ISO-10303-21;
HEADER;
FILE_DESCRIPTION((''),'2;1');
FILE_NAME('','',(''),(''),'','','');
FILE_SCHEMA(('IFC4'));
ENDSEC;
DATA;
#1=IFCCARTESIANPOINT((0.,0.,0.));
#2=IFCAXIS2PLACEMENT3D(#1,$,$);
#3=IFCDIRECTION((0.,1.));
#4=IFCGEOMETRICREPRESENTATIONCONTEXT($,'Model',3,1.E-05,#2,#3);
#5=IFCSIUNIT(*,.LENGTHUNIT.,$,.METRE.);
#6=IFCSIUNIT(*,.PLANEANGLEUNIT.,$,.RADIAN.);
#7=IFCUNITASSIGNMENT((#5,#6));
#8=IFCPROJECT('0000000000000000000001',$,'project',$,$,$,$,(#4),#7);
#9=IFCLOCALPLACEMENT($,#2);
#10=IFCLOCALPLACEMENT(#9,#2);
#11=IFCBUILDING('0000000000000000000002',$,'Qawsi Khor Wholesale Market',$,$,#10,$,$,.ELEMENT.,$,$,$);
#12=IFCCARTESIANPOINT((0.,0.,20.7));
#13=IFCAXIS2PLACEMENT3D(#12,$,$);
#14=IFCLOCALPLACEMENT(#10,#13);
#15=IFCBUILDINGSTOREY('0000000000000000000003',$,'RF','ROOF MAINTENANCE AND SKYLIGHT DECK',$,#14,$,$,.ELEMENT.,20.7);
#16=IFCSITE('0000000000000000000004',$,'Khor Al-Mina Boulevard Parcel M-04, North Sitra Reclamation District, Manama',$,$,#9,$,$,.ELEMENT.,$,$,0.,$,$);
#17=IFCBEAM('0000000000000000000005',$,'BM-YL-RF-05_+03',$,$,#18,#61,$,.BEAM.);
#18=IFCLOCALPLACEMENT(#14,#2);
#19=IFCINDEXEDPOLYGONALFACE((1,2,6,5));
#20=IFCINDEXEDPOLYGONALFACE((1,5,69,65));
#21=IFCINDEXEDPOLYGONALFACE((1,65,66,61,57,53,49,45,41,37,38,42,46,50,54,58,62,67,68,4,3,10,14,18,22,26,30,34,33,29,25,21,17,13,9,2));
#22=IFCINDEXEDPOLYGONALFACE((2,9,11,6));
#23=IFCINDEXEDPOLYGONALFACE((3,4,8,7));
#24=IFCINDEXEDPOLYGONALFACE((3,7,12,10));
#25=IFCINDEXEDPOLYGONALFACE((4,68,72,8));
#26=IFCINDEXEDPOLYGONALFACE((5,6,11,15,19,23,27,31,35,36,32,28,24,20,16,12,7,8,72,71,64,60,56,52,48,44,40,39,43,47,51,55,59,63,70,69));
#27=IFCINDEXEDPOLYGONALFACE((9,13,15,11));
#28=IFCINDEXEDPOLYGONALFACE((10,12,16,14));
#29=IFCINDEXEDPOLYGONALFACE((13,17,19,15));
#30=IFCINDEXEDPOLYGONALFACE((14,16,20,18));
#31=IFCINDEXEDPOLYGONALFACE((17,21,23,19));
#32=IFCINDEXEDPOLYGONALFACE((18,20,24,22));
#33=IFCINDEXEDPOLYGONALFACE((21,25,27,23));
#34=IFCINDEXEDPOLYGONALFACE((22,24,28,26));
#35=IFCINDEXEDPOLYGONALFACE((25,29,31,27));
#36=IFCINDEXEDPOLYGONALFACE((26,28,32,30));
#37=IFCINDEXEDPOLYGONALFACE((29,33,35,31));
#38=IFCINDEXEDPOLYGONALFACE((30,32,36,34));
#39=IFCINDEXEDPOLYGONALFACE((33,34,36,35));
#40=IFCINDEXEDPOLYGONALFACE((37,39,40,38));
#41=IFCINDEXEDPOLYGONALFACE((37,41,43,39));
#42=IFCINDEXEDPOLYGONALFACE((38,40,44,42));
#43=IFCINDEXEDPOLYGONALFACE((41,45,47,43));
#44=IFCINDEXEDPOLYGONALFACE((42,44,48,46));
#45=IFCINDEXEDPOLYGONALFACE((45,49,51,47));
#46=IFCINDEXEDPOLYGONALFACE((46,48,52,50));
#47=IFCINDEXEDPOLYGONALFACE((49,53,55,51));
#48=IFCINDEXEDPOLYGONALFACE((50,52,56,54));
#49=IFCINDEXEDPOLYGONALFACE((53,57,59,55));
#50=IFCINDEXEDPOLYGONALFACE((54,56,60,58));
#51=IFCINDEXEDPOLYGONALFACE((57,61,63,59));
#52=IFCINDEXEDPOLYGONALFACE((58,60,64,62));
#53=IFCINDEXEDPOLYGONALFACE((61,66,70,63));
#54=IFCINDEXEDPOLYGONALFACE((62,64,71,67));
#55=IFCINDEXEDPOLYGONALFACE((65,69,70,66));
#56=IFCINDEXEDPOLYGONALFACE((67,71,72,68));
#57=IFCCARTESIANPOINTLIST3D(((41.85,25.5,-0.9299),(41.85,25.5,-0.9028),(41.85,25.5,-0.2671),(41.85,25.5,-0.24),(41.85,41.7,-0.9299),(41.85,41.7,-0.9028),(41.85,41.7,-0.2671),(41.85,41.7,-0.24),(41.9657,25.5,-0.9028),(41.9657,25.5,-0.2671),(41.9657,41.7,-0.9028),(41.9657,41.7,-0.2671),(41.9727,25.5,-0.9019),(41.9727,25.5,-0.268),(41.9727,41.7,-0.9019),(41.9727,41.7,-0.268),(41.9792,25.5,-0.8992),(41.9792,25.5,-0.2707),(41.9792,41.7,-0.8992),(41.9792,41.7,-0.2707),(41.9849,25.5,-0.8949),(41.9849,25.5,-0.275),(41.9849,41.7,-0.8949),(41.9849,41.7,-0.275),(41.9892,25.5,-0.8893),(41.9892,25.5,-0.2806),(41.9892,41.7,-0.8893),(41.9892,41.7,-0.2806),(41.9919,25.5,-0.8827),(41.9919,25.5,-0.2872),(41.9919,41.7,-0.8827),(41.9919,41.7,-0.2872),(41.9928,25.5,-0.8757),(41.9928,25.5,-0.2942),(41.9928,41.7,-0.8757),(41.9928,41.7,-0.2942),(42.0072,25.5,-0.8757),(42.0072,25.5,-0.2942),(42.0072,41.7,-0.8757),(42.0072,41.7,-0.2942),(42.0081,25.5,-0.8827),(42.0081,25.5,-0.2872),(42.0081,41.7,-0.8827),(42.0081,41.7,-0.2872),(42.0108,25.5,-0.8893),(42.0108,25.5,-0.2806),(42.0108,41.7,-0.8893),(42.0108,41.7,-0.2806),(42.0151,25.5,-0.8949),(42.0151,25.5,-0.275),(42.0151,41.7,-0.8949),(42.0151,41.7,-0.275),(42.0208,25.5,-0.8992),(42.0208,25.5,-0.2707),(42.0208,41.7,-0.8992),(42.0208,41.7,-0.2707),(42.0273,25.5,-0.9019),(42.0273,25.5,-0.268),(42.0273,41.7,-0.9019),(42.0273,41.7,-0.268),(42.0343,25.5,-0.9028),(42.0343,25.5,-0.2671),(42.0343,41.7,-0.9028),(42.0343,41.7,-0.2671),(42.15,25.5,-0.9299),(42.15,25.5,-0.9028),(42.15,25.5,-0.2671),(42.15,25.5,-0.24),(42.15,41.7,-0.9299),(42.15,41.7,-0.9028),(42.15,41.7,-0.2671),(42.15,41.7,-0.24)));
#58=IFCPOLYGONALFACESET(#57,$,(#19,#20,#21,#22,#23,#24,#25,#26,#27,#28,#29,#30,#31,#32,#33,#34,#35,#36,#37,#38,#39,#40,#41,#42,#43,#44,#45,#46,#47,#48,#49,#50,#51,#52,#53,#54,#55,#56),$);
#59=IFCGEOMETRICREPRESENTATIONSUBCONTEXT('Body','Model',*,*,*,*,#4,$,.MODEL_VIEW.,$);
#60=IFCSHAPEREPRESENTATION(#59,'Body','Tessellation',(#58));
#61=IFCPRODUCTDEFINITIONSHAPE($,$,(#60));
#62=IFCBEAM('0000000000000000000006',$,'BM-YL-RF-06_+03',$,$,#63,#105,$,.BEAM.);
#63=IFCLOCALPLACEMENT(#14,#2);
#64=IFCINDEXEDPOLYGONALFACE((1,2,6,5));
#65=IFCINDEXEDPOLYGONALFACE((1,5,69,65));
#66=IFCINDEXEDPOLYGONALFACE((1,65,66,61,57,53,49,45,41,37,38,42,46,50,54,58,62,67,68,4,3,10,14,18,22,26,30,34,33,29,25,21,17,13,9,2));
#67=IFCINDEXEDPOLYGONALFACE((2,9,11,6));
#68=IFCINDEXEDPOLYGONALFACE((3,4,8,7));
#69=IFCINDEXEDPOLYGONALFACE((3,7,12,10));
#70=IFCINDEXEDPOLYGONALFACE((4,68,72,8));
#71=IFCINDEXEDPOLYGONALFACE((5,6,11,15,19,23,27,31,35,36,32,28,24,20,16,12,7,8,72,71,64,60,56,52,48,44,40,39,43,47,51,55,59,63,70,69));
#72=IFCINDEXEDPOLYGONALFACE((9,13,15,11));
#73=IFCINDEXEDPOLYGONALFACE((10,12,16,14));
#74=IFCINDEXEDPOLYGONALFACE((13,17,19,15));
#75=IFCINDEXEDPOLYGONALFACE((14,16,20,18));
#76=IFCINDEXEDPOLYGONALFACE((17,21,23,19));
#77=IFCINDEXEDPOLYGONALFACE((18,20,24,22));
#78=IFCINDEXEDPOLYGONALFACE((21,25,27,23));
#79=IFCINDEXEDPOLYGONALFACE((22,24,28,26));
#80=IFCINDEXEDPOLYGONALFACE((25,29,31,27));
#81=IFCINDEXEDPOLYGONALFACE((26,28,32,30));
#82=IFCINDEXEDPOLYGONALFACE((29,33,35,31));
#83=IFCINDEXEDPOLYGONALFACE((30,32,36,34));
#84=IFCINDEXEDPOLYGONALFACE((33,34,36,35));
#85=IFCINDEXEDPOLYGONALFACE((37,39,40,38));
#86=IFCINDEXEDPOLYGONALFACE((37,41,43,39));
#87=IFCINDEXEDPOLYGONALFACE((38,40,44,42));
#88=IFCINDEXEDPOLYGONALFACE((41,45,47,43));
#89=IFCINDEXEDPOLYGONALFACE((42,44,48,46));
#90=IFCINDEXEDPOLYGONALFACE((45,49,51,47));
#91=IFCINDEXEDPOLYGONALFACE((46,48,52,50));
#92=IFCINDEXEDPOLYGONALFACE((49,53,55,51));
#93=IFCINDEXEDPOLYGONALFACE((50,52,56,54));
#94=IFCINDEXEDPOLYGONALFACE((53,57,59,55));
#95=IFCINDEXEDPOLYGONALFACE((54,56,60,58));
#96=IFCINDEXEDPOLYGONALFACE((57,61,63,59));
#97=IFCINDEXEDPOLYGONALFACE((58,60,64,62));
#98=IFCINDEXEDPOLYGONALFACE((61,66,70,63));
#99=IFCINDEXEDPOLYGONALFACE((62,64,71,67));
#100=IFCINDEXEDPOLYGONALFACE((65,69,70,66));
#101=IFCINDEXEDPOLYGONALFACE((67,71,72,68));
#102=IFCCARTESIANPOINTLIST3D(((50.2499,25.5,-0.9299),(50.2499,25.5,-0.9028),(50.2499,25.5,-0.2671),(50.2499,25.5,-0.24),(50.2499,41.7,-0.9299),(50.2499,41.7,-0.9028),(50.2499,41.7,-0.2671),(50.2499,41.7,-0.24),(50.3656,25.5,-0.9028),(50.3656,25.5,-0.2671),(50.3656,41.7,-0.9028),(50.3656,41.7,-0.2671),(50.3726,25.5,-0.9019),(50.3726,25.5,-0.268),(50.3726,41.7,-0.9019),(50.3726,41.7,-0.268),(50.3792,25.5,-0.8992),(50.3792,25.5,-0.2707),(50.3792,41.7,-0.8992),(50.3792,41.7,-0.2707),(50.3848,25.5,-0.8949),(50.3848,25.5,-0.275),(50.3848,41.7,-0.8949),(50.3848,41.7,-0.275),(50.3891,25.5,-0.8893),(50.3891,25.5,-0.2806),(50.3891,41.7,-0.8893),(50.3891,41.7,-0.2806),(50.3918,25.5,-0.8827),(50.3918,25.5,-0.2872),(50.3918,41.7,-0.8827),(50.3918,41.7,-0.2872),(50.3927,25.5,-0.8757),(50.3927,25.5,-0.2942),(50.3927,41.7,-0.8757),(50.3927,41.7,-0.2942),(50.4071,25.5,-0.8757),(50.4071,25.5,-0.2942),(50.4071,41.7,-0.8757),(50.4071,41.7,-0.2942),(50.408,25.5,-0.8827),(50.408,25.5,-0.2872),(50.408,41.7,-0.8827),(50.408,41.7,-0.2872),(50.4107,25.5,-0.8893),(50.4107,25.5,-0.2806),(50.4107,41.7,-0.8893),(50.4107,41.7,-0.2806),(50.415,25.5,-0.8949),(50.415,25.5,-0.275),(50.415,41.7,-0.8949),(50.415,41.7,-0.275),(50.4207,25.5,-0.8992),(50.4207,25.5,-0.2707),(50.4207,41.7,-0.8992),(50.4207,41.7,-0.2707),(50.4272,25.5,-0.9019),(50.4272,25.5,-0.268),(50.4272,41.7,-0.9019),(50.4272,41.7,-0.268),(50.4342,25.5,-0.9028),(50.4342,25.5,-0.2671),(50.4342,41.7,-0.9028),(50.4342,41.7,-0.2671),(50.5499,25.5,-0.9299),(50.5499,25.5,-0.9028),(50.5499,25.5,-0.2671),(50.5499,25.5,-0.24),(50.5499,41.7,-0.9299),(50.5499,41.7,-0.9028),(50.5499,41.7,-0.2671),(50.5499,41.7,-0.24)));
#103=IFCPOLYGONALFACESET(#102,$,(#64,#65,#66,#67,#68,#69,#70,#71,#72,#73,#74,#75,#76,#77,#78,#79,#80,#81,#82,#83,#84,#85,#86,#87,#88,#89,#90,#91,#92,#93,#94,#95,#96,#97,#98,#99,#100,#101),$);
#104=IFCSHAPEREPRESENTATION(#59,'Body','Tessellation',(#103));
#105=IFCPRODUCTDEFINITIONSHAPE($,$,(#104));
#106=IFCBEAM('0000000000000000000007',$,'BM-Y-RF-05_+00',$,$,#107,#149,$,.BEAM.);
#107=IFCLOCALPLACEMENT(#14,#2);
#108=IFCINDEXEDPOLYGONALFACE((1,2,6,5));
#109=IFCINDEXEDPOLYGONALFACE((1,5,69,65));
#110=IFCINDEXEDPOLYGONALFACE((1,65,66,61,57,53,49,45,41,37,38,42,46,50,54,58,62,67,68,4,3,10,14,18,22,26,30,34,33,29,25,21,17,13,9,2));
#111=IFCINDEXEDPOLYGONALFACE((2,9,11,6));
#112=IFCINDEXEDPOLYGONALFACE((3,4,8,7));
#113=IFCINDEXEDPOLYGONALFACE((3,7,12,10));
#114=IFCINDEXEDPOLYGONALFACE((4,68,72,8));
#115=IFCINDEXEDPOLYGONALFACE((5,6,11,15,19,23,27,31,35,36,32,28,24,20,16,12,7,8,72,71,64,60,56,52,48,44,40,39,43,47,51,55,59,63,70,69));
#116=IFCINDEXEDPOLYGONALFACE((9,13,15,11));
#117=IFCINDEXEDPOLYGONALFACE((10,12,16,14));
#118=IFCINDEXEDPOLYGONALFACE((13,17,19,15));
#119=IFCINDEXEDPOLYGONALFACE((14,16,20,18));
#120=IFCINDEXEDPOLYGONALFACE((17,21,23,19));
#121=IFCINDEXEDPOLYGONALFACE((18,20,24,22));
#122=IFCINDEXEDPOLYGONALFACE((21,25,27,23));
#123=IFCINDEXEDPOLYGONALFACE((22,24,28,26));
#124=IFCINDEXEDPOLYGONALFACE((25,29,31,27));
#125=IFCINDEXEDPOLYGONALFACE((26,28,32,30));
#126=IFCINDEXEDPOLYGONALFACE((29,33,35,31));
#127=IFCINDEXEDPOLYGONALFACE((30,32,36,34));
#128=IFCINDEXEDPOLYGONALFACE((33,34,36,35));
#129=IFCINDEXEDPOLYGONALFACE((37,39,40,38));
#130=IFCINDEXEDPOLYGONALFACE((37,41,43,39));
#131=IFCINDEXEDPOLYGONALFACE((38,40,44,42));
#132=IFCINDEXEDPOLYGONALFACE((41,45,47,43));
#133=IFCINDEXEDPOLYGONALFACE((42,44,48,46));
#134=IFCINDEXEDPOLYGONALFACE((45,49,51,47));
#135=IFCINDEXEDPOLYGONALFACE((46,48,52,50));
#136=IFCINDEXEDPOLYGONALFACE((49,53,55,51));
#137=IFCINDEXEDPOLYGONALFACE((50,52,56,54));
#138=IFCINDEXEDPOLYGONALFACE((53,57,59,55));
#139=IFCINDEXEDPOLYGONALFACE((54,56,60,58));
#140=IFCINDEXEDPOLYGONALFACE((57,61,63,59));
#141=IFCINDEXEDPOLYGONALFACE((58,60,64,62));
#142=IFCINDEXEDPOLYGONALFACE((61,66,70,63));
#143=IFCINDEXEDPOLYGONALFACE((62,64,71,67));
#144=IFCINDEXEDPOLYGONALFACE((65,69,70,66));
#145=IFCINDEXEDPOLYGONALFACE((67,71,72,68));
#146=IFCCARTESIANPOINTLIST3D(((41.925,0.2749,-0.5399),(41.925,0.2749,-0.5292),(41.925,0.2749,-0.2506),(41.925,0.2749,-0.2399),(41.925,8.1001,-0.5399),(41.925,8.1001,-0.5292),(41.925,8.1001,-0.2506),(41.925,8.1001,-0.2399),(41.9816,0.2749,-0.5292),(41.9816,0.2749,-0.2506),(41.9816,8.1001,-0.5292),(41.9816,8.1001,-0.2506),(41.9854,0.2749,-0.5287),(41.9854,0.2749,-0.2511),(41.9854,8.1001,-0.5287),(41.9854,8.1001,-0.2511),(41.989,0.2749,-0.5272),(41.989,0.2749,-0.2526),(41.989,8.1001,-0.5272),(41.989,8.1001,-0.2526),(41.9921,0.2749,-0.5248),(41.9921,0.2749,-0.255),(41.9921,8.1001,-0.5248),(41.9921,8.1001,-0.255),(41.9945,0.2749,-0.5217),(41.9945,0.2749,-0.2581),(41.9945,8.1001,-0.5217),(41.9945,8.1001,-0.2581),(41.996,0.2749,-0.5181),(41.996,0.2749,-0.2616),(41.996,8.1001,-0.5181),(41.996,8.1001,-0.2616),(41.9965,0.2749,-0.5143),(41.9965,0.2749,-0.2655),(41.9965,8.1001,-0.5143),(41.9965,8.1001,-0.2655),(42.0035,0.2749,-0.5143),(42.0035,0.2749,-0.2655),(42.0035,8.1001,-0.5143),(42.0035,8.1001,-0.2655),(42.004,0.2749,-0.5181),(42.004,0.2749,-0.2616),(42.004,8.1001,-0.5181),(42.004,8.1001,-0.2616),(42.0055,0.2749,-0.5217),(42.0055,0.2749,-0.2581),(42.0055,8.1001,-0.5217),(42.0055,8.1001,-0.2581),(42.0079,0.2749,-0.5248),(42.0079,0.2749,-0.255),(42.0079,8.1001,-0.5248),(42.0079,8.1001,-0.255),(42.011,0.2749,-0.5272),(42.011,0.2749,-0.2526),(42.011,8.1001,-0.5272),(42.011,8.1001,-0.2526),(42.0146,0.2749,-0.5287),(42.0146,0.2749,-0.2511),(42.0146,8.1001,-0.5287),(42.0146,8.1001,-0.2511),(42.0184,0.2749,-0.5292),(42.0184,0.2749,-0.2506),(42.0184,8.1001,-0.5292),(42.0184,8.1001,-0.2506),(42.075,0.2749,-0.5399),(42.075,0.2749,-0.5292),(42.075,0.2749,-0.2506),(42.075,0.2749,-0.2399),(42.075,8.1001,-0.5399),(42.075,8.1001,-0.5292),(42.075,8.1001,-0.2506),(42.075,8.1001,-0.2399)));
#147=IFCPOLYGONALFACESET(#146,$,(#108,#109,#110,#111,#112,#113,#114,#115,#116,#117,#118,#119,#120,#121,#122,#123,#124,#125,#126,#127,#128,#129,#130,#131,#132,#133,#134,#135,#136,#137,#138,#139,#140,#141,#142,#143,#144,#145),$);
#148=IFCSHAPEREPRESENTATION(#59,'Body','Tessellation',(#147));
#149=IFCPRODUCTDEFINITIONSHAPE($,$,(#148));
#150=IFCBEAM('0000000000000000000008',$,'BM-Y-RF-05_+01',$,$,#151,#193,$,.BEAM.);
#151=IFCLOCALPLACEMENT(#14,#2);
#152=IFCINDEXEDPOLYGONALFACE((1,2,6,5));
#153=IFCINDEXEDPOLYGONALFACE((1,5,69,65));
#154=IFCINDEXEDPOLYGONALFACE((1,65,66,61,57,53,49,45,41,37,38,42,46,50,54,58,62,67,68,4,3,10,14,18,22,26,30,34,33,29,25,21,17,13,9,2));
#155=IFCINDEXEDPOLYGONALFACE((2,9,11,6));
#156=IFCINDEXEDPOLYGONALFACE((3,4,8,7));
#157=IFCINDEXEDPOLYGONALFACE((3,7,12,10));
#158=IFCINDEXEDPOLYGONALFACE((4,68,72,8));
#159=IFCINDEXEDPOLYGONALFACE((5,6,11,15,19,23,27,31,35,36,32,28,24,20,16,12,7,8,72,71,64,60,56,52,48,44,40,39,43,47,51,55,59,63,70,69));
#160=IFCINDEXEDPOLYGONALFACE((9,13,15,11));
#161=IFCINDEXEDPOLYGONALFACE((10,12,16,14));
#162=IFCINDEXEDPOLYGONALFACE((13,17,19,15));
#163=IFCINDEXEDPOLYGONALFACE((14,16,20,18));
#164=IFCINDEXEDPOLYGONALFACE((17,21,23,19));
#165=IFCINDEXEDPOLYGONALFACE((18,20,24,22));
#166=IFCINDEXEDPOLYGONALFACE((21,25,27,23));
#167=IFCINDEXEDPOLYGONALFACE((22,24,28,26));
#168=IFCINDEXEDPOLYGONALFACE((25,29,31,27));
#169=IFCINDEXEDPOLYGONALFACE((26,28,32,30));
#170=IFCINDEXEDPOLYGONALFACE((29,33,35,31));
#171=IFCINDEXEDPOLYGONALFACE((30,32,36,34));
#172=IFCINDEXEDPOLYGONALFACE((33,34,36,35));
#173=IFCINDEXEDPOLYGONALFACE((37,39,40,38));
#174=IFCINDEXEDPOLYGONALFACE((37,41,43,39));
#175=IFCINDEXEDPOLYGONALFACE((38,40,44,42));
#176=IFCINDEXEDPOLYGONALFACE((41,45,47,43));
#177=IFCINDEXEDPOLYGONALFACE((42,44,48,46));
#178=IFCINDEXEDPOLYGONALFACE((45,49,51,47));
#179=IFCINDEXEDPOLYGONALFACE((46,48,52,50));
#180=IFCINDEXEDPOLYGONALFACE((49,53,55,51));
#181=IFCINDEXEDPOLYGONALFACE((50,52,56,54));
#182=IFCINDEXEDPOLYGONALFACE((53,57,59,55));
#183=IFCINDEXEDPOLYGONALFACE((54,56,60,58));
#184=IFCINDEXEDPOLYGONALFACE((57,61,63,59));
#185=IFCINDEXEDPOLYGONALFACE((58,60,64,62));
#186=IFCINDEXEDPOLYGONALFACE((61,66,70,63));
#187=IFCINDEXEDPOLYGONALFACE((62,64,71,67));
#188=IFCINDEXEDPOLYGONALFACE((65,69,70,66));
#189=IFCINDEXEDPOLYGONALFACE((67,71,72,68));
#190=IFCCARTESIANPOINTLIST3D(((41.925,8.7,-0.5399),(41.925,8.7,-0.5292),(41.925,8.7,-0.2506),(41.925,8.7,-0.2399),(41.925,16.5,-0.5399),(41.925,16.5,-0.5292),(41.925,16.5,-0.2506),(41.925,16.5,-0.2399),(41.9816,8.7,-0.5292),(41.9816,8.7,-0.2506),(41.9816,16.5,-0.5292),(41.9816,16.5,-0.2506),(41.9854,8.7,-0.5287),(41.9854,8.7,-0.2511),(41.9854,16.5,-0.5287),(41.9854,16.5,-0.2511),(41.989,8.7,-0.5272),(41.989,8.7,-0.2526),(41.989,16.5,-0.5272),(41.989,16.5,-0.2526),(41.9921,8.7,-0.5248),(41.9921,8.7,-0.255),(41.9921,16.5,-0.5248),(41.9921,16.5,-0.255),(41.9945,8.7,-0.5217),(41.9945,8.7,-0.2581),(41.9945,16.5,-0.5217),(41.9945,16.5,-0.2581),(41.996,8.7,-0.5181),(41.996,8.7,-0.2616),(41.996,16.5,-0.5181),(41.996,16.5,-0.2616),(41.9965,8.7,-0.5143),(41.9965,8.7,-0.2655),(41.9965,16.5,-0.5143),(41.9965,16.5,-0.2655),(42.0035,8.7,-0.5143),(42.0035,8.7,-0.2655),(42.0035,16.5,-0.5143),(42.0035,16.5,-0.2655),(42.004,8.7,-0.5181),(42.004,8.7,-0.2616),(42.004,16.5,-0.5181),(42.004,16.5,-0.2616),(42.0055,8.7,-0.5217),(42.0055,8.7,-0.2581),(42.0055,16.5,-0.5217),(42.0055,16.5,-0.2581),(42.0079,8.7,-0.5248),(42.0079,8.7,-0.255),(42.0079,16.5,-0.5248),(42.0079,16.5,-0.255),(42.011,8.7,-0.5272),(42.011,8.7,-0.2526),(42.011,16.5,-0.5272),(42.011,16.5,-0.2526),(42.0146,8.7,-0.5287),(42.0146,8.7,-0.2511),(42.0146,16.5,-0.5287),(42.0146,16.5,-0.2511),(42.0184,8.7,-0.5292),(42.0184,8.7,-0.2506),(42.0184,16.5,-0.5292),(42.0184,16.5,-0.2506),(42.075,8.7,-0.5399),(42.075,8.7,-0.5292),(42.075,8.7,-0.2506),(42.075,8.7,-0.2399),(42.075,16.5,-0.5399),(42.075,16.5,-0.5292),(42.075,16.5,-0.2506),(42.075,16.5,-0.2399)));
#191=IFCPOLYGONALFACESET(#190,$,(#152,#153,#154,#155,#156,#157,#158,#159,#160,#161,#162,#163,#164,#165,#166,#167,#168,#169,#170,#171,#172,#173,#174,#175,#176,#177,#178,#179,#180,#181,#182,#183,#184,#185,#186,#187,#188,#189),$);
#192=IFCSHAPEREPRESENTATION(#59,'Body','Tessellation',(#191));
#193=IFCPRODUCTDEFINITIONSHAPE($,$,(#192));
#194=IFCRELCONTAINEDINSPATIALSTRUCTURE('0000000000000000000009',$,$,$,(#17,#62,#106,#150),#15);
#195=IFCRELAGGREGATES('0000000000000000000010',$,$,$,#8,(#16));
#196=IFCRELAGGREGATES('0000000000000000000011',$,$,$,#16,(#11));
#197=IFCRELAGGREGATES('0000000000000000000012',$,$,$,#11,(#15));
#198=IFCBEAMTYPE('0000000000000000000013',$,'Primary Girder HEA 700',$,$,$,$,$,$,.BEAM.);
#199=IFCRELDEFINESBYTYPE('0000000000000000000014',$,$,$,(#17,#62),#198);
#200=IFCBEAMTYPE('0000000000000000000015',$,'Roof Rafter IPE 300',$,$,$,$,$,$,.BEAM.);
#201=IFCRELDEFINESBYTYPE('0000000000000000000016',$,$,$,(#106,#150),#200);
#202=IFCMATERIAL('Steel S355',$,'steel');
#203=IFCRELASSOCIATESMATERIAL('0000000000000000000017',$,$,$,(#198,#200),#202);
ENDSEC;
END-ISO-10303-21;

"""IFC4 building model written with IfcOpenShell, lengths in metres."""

from ifc_helpers import new_model, si_unit, direction, frame, origin, origin_2d, place, context, subcontext, project, spatial, i_section, extrude, material, material_profile, profile_set, type_object, element, save


model = new_model("IFC4")

# Units and contexts
model_context = context("Model", 3, precision=1e-05, world=origin(), true_north=direction((0.0, 1.0)))
body_context = subcontext(model_context, "Body", "Model", "MODEL_VIEW")
ifc_project = project(units=[si_unit("LENGTHUNIT", "METRE"), si_unit("PLANEANGLEUNIT", "RADIAN")], contexts=[model_context])

# Site, building, storey
site_placement = place(None, origin())
site = spatial("IfcSite", under=ifc_project, at=site_placement, Name="Khor Al-Mina Boulevard Parcel M-04, North Sitra Reclamation District, Manama", CompositionType="ELEMENT", RefElevation=0.0)
building_placement = place(site_placement, origin())
building = spatial("IfcBuilding", under=site, at=building_placement, Name="Qawsi Khor Wholesale Market", CompositionType="ELEMENT")
storey_placement = place(building_placement, frame((0.0, 0.0, 20.7)))
storey = spatial("IfcBuildingStorey", under=building, at=storey_placement, Name="RF", Description="ROOF MAINTENANCE AND SKYLIGHT DECK", CompositionType="ELEMENT", Elevation=20.7)

# Shared definitions
ifc_material_1 = material(Name="Steel S355", Category="steel")

# Beams
ifc_material_profile_1 = material_profile(ifc_material_1, i_section(OverallWidth=0.3, OverallDepth=0.6899, WebThickness=0.0144, FlangeThickness=0.0271, FilletRadius=0.0271, at=origin_2d()), Name="HEA 700")
ifc_profile_set_1 = profile_set([ifc_material_profile_1], Name="Steel S355")
beam_type_1 = type_object("IfcBeamType", Name="Primary Girder HEA 700", PredefinedType="BEAM", material=ifc_profile_set_1)
for number, where, z_axis, x_axis, name in (
    (1, (42.0, 25.5, -0.585), (0.0, 1.0, 0.0), (-1.0, 0.0, 0.0), "BM-YL-RF-05_+03"),
    (2, (50.3999, 25.5, -0.585), (0.0, 1.0, 0.0), (-1.0, 0.0, 0.0), "BM-YL-RF-06_+03"),
):
    element("IfcBeam", number, at=place(storey_placement, frame(where, z_axis=z_axis, x_axis=x_axis)), inside=storey, type_object=beam_type_1, Name=name, PredefinedType="BEAM", context=body_context, shape_type="SweptSolid", body=[
        extrude(i_section(OverallWidth=0.3, OverallDepth=0.6899, WebThickness=0.0144, FlangeThickness=0.0271, FilletRadius=0.0271, at=origin_2d()), origin(), (0.0, 0.0, 1.0), 16.2),
    ])
ifc_material_profile_2 = material_profile(ifc_material_1, i_section(OverallWidth=0.1499, OverallDepth=0.3, WebThickness=0.0071, FlangeThickness=0.0107, FilletRadius=0.0149, at=origin_2d()), Name="IPE 300")
ifc_profile_set_2 = profile_set([ifc_material_profile_2], Name="Steel S355")
beam_type_2 = type_object("IfcBeamType", Name="Roof Rafter IPE 300", PredefinedType="BEAM", material=ifc_profile_set_2)
beam_1_placement = place(storey_placement, frame((42.0, 0.2749, -0.3899), z_axis=(0.0, 1.0, 0.0), x_axis=(-1.0, 0.0, 0.0)))
element("IfcBeam", 3, at=beam_1_placement, inside=storey, type_object=beam_type_2, Name="BM-Y-RF-05_+00", PredefinedType="BEAM", context=body_context, shape_type="SweptSolid", body=[
    extrude(i_section(OverallWidth=0.1499, OverallDepth=0.3, WebThickness=0.0071, FlangeThickness=0.0107, FilletRadius=0.0149, at=origin_2d()), origin(), (0.0, 0.0, 1.0), 7.8252),
])
beam_2_placement = place(storey_placement, frame((42.0, 8.7, -0.3899), z_axis=(0.0, 1.0, 0.0), x_axis=(-1.0, 0.0, 0.0)))
element("IfcBeam", 4, at=beam_2_placement, inside=storey, type_object=beam_type_2, Name="BM-Y-RF-05_+01", PredefinedType="BEAM", context=body_context, shape_type="SweptSolid", body=[
    extrude(i_section(OverallWidth=0.1499, OverallDepth=0.3, WebThickness=0.0071, FlangeThickness=0.0107, FilletRadius=0.0149, at=origin_2d()), origin(), (0.0, 0.0, 1.0), 7.8),
])

save(model, "model.ifc")
